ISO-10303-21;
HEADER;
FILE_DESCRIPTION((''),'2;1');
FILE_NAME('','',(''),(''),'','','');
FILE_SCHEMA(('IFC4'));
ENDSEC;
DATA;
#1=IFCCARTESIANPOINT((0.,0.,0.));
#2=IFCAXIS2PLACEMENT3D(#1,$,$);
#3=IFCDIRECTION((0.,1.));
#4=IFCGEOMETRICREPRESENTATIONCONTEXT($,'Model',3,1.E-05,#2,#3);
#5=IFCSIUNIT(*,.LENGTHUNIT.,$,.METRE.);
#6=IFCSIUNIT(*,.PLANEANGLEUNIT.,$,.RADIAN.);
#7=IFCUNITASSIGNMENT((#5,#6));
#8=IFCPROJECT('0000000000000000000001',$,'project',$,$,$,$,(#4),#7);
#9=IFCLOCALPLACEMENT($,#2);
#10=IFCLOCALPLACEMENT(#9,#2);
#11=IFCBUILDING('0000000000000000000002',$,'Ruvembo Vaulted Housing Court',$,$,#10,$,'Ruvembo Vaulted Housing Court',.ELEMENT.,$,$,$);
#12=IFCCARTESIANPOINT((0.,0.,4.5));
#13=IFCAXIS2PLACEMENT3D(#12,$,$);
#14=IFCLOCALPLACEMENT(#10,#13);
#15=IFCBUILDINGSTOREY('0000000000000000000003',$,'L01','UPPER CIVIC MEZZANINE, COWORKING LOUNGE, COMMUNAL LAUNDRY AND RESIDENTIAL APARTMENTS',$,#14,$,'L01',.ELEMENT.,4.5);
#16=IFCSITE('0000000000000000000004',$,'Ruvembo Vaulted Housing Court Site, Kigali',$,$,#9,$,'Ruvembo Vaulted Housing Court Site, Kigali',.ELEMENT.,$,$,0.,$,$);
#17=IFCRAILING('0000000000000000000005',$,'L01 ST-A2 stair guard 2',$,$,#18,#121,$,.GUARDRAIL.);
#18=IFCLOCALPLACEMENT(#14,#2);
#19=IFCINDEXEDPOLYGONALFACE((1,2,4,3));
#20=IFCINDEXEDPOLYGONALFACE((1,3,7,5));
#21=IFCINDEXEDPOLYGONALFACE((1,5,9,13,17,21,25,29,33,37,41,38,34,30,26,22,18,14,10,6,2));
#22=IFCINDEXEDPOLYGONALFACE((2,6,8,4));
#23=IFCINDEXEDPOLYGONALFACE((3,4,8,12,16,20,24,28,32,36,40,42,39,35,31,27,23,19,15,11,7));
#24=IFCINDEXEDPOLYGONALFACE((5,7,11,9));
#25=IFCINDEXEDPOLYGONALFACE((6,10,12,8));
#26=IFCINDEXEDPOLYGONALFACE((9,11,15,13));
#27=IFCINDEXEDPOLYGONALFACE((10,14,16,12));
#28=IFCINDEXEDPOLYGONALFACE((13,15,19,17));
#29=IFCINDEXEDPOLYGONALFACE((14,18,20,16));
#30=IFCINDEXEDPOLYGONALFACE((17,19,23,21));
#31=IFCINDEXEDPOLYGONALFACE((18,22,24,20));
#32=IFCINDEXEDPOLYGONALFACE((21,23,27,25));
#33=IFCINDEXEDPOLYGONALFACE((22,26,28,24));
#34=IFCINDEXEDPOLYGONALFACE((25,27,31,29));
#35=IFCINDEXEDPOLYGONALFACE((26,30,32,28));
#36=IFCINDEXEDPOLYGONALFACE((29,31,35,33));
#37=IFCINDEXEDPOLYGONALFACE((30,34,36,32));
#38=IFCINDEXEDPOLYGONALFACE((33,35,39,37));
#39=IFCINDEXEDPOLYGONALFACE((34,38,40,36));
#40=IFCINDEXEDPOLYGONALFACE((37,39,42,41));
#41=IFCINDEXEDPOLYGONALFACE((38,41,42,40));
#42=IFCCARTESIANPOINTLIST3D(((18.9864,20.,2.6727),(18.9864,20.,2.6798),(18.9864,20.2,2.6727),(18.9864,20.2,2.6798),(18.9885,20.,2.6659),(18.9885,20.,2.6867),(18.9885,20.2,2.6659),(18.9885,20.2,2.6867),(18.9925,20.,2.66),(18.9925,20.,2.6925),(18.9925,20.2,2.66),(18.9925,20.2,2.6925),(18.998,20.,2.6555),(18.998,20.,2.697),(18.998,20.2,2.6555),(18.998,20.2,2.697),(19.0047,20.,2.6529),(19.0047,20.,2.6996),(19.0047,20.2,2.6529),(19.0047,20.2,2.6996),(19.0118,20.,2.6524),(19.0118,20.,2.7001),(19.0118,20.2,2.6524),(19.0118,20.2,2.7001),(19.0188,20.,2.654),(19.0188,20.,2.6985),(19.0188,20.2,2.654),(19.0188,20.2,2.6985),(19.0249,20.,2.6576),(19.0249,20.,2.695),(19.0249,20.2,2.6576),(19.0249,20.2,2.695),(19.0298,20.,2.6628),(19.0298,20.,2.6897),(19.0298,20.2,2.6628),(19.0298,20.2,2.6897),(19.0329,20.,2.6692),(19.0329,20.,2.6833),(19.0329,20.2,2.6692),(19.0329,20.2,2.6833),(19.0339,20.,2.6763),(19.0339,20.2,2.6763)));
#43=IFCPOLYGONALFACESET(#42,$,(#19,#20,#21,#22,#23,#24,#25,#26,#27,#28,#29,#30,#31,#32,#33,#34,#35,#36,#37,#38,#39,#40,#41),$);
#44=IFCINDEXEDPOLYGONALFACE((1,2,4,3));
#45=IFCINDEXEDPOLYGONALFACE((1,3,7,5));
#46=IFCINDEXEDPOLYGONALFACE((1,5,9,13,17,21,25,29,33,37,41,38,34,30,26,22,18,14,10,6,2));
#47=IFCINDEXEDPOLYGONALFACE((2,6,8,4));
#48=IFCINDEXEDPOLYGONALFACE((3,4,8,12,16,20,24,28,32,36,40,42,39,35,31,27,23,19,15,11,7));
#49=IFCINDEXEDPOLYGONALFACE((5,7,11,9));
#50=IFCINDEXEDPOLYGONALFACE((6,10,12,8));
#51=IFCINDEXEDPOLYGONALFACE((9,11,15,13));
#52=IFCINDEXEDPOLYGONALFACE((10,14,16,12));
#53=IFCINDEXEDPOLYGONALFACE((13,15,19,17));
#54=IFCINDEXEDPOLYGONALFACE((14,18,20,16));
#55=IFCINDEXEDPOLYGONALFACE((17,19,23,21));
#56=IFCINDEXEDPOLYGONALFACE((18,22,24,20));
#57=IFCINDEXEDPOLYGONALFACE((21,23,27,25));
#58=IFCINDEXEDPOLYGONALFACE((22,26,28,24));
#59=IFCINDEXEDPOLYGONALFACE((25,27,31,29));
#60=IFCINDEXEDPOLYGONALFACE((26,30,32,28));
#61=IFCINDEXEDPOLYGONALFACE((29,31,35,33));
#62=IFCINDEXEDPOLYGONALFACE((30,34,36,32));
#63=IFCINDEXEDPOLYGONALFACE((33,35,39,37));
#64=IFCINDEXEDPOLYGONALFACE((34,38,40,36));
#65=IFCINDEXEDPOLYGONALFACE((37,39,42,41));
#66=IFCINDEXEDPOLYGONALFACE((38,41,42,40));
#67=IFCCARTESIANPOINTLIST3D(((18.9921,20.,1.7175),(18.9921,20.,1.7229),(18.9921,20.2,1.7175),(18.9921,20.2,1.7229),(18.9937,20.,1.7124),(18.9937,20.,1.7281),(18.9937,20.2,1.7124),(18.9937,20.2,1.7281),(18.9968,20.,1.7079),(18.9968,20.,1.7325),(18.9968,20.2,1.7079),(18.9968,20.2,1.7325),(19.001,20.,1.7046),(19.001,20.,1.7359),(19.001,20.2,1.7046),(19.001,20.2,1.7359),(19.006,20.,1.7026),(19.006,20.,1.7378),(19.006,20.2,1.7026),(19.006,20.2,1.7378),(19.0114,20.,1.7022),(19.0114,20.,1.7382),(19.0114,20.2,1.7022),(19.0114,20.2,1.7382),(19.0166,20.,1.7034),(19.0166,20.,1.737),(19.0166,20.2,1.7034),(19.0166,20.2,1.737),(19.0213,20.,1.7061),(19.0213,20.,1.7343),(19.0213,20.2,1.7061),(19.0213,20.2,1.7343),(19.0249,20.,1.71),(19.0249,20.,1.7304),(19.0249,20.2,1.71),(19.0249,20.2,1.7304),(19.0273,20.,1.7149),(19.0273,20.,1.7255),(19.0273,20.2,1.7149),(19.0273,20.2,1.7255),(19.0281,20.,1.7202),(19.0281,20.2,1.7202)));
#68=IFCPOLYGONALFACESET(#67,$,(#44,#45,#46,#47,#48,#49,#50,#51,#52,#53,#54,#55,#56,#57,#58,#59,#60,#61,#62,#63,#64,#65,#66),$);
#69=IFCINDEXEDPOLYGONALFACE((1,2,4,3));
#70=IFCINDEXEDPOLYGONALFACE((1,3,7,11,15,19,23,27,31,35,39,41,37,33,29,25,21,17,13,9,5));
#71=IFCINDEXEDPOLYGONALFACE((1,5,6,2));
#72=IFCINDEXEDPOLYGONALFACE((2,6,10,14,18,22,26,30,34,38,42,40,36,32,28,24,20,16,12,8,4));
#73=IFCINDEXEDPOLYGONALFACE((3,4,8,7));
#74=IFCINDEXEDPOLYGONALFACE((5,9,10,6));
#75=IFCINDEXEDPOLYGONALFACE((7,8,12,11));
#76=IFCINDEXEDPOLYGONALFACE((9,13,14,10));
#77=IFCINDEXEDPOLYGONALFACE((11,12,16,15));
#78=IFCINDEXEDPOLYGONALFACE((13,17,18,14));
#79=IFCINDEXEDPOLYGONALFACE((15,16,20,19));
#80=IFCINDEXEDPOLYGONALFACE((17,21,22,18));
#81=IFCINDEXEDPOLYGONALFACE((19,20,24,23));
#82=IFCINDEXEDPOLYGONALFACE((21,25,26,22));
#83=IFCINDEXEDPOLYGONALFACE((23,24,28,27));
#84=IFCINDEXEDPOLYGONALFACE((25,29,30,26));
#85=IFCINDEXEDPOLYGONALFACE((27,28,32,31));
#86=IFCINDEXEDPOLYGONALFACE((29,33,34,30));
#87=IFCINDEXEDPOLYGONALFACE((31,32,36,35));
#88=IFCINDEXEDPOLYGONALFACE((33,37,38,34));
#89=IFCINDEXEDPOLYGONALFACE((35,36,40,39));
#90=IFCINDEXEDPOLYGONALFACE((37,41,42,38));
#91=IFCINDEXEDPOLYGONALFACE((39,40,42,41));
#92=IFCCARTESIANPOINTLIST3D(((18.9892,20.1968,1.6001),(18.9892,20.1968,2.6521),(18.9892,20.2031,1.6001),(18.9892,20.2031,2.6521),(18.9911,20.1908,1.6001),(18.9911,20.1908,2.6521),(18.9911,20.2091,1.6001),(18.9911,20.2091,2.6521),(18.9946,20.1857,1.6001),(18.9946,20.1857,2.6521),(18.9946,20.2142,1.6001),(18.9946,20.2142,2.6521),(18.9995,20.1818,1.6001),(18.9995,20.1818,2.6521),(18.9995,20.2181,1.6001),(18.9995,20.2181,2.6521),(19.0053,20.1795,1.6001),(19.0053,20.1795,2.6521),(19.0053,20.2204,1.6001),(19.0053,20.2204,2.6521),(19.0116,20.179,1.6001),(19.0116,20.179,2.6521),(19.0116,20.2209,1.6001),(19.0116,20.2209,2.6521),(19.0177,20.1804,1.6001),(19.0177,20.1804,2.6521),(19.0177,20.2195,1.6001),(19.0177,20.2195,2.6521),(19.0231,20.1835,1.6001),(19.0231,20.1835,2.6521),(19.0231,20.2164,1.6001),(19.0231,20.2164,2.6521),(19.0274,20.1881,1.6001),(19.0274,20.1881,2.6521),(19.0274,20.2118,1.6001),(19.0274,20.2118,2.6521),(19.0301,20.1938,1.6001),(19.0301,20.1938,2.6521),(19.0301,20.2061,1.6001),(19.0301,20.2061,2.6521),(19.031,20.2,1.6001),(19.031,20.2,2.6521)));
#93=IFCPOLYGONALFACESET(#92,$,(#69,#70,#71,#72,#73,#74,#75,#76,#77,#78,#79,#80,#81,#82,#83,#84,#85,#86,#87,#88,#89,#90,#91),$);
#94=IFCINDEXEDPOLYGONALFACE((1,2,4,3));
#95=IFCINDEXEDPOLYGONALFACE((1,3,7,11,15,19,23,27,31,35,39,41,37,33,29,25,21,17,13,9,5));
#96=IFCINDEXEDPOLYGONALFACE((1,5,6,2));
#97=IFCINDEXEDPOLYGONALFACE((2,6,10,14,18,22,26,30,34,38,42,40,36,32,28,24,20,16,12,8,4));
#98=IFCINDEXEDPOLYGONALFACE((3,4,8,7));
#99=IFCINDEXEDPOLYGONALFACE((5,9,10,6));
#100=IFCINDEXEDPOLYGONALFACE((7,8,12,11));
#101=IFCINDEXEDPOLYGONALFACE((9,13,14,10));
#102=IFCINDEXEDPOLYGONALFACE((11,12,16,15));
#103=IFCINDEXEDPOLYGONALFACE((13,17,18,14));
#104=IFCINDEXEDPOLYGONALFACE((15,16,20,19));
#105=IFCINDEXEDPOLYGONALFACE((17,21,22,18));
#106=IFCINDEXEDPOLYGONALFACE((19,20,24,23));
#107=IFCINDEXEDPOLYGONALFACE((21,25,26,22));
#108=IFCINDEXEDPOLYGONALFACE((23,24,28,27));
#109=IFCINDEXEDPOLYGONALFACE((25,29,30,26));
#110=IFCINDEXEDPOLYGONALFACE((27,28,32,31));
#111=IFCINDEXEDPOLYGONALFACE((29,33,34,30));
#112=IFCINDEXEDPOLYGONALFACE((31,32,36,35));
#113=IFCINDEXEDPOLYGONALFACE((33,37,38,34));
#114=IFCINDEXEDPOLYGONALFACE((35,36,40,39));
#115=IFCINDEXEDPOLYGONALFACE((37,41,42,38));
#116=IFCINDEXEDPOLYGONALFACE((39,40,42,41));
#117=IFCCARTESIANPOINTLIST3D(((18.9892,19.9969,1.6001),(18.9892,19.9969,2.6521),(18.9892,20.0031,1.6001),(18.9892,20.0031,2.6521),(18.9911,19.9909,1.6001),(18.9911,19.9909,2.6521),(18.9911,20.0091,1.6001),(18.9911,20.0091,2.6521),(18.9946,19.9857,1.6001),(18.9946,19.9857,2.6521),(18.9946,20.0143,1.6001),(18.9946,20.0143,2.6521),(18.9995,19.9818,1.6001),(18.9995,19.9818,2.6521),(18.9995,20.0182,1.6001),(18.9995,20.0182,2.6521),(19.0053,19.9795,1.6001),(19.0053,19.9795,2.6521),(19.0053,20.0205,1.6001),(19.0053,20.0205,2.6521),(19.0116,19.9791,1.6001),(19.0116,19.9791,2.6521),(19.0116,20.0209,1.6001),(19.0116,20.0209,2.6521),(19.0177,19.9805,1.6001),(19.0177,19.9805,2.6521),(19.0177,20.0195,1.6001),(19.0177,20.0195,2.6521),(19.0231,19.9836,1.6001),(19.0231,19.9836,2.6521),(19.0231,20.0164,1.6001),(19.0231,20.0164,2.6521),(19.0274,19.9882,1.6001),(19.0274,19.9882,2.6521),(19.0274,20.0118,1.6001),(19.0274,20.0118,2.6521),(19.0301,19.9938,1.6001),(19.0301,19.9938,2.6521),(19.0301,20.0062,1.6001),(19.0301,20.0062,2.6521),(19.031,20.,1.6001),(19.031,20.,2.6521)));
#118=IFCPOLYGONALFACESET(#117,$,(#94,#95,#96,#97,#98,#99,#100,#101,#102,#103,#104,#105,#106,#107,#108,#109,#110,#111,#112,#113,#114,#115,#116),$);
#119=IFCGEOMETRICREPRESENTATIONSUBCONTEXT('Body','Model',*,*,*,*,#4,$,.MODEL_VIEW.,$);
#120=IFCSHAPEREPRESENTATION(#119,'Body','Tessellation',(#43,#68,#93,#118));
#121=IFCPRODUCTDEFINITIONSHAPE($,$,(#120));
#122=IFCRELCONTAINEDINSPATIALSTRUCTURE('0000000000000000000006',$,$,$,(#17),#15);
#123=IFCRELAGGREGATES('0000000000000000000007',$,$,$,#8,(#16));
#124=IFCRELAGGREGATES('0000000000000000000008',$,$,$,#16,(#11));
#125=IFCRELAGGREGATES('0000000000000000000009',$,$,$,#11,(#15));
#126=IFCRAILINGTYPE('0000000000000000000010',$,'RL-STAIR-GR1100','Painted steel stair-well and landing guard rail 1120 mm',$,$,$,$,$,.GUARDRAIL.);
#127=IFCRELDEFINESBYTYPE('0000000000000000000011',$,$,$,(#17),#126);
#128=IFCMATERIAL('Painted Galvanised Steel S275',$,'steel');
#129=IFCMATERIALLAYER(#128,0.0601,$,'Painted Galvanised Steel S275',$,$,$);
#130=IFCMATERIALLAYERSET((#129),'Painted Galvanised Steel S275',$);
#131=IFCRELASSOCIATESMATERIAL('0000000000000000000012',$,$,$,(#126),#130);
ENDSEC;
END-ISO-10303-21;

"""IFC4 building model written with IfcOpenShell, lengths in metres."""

from ifc_helpers import new_model, si_unit, direction, frame, origin, origin_2d, place, context, subcontext, project, spatial, circle, extrude, material, layer, layer_set, type_object, element, save


model = new_model("IFC4")

# Units and contexts
model_context = context("Model", 3, precision=1e-05, world=origin(), true_north=direction((0.0, 1.0)))
body_context = subcontext(model_context, "Body", "Model", "MODEL_VIEW")
ifc_project = project(units=[si_unit("LENGTHUNIT", "METRE"), si_unit("PLANEANGLEUNIT", "RADIAN")], contexts=[model_context])

# Site, building, storey
site_placement = place(None, origin())
site = spatial("IfcSite", under=ifc_project, at=site_placement, Name="Ruvembo Vaulted Housing Court Site, Kigali", LongName="Ruvembo Vaulted Housing Court Site, Kigali", CompositionType="ELEMENT", RefElevation=0.0)
building_placement = place(site_placement, origin())
building = spatial("IfcBuilding", under=site, at=building_placement, Name="Ruvembo Vaulted Housing Court", LongName="Ruvembo Vaulted Housing Court", CompositionType="ELEMENT")
storey_placement = place(building_placement, frame((0.0, 0.0, 4.5)))
storey = spatial("IfcBuildingStorey", under=building, at=storey_placement, Name="L01", Description="UPPER CIVIC MEZZANINE, COWORKING LOUNGE, COMMUNAL LAUNDRY AND RESIDENTIAL APARTMENTS", LongName="L01", CompositionType="ELEMENT", Elevation=4.5)

# Railing
ifc_material_1 = material(Name="Painted Galvanised Steel S275", Category="steel")
ifc_layer_1 = layer(ifc_material_1, 0.0601, Name="Painted Galvanised Steel S275")
ifc_layer_set_1 = layer_set([ifc_layer_1], Name="Painted Galvanised Steel S275")
railing_type_1 = type_object("IfcRailingType", Name="RL-STAIR-GR1100", Description="Painted steel stair-well and landing guard rail 1120 mm", PredefinedType="GUARDRAIL", material=ifc_layer_set_1)
railing_1_placement = place(storey_placement, frame((19.01, 20.2, 1.6001)))
element("IfcRailing", 1, at=railing_1_placement, inside=storey, type_object=railing_type_1, Name="L01 ST-A2 stair guard 2", PredefinedType="GUARDRAIL", context=body_context, shape_type="SweptSolid", body=[
    extrude(circle(Radius=0.0239, at=origin_2d()), frame((0.0, 0.0, 1.0762), z_axis=(0.0, -1.0, 0.0), x_axis=(1.0, 0.0, 0.0)), (0.0, 0.0, 1.0), 0.2),
    extrude(circle(Radius=0.0181, at=origin_2d()), frame((0.0, 0.0, 0.1201), z_axis=(0.0, -1.0, 0.0), x_axis=(1.0, 0.0, 0.0)), (0.0, 0.0, 1.0), 0.2),
    extrude(circle(Radius=0.021, at=origin_2d()), origin(), (0.0, 0.0, 1.0), 1.052),
    extrude(circle(Radius=0.021, at=origin_2d()), frame((0.0, -0.2, 0.0)), (0.0, 0.0, 1.0), 1.052),
])

save(model, "model.ifc")
